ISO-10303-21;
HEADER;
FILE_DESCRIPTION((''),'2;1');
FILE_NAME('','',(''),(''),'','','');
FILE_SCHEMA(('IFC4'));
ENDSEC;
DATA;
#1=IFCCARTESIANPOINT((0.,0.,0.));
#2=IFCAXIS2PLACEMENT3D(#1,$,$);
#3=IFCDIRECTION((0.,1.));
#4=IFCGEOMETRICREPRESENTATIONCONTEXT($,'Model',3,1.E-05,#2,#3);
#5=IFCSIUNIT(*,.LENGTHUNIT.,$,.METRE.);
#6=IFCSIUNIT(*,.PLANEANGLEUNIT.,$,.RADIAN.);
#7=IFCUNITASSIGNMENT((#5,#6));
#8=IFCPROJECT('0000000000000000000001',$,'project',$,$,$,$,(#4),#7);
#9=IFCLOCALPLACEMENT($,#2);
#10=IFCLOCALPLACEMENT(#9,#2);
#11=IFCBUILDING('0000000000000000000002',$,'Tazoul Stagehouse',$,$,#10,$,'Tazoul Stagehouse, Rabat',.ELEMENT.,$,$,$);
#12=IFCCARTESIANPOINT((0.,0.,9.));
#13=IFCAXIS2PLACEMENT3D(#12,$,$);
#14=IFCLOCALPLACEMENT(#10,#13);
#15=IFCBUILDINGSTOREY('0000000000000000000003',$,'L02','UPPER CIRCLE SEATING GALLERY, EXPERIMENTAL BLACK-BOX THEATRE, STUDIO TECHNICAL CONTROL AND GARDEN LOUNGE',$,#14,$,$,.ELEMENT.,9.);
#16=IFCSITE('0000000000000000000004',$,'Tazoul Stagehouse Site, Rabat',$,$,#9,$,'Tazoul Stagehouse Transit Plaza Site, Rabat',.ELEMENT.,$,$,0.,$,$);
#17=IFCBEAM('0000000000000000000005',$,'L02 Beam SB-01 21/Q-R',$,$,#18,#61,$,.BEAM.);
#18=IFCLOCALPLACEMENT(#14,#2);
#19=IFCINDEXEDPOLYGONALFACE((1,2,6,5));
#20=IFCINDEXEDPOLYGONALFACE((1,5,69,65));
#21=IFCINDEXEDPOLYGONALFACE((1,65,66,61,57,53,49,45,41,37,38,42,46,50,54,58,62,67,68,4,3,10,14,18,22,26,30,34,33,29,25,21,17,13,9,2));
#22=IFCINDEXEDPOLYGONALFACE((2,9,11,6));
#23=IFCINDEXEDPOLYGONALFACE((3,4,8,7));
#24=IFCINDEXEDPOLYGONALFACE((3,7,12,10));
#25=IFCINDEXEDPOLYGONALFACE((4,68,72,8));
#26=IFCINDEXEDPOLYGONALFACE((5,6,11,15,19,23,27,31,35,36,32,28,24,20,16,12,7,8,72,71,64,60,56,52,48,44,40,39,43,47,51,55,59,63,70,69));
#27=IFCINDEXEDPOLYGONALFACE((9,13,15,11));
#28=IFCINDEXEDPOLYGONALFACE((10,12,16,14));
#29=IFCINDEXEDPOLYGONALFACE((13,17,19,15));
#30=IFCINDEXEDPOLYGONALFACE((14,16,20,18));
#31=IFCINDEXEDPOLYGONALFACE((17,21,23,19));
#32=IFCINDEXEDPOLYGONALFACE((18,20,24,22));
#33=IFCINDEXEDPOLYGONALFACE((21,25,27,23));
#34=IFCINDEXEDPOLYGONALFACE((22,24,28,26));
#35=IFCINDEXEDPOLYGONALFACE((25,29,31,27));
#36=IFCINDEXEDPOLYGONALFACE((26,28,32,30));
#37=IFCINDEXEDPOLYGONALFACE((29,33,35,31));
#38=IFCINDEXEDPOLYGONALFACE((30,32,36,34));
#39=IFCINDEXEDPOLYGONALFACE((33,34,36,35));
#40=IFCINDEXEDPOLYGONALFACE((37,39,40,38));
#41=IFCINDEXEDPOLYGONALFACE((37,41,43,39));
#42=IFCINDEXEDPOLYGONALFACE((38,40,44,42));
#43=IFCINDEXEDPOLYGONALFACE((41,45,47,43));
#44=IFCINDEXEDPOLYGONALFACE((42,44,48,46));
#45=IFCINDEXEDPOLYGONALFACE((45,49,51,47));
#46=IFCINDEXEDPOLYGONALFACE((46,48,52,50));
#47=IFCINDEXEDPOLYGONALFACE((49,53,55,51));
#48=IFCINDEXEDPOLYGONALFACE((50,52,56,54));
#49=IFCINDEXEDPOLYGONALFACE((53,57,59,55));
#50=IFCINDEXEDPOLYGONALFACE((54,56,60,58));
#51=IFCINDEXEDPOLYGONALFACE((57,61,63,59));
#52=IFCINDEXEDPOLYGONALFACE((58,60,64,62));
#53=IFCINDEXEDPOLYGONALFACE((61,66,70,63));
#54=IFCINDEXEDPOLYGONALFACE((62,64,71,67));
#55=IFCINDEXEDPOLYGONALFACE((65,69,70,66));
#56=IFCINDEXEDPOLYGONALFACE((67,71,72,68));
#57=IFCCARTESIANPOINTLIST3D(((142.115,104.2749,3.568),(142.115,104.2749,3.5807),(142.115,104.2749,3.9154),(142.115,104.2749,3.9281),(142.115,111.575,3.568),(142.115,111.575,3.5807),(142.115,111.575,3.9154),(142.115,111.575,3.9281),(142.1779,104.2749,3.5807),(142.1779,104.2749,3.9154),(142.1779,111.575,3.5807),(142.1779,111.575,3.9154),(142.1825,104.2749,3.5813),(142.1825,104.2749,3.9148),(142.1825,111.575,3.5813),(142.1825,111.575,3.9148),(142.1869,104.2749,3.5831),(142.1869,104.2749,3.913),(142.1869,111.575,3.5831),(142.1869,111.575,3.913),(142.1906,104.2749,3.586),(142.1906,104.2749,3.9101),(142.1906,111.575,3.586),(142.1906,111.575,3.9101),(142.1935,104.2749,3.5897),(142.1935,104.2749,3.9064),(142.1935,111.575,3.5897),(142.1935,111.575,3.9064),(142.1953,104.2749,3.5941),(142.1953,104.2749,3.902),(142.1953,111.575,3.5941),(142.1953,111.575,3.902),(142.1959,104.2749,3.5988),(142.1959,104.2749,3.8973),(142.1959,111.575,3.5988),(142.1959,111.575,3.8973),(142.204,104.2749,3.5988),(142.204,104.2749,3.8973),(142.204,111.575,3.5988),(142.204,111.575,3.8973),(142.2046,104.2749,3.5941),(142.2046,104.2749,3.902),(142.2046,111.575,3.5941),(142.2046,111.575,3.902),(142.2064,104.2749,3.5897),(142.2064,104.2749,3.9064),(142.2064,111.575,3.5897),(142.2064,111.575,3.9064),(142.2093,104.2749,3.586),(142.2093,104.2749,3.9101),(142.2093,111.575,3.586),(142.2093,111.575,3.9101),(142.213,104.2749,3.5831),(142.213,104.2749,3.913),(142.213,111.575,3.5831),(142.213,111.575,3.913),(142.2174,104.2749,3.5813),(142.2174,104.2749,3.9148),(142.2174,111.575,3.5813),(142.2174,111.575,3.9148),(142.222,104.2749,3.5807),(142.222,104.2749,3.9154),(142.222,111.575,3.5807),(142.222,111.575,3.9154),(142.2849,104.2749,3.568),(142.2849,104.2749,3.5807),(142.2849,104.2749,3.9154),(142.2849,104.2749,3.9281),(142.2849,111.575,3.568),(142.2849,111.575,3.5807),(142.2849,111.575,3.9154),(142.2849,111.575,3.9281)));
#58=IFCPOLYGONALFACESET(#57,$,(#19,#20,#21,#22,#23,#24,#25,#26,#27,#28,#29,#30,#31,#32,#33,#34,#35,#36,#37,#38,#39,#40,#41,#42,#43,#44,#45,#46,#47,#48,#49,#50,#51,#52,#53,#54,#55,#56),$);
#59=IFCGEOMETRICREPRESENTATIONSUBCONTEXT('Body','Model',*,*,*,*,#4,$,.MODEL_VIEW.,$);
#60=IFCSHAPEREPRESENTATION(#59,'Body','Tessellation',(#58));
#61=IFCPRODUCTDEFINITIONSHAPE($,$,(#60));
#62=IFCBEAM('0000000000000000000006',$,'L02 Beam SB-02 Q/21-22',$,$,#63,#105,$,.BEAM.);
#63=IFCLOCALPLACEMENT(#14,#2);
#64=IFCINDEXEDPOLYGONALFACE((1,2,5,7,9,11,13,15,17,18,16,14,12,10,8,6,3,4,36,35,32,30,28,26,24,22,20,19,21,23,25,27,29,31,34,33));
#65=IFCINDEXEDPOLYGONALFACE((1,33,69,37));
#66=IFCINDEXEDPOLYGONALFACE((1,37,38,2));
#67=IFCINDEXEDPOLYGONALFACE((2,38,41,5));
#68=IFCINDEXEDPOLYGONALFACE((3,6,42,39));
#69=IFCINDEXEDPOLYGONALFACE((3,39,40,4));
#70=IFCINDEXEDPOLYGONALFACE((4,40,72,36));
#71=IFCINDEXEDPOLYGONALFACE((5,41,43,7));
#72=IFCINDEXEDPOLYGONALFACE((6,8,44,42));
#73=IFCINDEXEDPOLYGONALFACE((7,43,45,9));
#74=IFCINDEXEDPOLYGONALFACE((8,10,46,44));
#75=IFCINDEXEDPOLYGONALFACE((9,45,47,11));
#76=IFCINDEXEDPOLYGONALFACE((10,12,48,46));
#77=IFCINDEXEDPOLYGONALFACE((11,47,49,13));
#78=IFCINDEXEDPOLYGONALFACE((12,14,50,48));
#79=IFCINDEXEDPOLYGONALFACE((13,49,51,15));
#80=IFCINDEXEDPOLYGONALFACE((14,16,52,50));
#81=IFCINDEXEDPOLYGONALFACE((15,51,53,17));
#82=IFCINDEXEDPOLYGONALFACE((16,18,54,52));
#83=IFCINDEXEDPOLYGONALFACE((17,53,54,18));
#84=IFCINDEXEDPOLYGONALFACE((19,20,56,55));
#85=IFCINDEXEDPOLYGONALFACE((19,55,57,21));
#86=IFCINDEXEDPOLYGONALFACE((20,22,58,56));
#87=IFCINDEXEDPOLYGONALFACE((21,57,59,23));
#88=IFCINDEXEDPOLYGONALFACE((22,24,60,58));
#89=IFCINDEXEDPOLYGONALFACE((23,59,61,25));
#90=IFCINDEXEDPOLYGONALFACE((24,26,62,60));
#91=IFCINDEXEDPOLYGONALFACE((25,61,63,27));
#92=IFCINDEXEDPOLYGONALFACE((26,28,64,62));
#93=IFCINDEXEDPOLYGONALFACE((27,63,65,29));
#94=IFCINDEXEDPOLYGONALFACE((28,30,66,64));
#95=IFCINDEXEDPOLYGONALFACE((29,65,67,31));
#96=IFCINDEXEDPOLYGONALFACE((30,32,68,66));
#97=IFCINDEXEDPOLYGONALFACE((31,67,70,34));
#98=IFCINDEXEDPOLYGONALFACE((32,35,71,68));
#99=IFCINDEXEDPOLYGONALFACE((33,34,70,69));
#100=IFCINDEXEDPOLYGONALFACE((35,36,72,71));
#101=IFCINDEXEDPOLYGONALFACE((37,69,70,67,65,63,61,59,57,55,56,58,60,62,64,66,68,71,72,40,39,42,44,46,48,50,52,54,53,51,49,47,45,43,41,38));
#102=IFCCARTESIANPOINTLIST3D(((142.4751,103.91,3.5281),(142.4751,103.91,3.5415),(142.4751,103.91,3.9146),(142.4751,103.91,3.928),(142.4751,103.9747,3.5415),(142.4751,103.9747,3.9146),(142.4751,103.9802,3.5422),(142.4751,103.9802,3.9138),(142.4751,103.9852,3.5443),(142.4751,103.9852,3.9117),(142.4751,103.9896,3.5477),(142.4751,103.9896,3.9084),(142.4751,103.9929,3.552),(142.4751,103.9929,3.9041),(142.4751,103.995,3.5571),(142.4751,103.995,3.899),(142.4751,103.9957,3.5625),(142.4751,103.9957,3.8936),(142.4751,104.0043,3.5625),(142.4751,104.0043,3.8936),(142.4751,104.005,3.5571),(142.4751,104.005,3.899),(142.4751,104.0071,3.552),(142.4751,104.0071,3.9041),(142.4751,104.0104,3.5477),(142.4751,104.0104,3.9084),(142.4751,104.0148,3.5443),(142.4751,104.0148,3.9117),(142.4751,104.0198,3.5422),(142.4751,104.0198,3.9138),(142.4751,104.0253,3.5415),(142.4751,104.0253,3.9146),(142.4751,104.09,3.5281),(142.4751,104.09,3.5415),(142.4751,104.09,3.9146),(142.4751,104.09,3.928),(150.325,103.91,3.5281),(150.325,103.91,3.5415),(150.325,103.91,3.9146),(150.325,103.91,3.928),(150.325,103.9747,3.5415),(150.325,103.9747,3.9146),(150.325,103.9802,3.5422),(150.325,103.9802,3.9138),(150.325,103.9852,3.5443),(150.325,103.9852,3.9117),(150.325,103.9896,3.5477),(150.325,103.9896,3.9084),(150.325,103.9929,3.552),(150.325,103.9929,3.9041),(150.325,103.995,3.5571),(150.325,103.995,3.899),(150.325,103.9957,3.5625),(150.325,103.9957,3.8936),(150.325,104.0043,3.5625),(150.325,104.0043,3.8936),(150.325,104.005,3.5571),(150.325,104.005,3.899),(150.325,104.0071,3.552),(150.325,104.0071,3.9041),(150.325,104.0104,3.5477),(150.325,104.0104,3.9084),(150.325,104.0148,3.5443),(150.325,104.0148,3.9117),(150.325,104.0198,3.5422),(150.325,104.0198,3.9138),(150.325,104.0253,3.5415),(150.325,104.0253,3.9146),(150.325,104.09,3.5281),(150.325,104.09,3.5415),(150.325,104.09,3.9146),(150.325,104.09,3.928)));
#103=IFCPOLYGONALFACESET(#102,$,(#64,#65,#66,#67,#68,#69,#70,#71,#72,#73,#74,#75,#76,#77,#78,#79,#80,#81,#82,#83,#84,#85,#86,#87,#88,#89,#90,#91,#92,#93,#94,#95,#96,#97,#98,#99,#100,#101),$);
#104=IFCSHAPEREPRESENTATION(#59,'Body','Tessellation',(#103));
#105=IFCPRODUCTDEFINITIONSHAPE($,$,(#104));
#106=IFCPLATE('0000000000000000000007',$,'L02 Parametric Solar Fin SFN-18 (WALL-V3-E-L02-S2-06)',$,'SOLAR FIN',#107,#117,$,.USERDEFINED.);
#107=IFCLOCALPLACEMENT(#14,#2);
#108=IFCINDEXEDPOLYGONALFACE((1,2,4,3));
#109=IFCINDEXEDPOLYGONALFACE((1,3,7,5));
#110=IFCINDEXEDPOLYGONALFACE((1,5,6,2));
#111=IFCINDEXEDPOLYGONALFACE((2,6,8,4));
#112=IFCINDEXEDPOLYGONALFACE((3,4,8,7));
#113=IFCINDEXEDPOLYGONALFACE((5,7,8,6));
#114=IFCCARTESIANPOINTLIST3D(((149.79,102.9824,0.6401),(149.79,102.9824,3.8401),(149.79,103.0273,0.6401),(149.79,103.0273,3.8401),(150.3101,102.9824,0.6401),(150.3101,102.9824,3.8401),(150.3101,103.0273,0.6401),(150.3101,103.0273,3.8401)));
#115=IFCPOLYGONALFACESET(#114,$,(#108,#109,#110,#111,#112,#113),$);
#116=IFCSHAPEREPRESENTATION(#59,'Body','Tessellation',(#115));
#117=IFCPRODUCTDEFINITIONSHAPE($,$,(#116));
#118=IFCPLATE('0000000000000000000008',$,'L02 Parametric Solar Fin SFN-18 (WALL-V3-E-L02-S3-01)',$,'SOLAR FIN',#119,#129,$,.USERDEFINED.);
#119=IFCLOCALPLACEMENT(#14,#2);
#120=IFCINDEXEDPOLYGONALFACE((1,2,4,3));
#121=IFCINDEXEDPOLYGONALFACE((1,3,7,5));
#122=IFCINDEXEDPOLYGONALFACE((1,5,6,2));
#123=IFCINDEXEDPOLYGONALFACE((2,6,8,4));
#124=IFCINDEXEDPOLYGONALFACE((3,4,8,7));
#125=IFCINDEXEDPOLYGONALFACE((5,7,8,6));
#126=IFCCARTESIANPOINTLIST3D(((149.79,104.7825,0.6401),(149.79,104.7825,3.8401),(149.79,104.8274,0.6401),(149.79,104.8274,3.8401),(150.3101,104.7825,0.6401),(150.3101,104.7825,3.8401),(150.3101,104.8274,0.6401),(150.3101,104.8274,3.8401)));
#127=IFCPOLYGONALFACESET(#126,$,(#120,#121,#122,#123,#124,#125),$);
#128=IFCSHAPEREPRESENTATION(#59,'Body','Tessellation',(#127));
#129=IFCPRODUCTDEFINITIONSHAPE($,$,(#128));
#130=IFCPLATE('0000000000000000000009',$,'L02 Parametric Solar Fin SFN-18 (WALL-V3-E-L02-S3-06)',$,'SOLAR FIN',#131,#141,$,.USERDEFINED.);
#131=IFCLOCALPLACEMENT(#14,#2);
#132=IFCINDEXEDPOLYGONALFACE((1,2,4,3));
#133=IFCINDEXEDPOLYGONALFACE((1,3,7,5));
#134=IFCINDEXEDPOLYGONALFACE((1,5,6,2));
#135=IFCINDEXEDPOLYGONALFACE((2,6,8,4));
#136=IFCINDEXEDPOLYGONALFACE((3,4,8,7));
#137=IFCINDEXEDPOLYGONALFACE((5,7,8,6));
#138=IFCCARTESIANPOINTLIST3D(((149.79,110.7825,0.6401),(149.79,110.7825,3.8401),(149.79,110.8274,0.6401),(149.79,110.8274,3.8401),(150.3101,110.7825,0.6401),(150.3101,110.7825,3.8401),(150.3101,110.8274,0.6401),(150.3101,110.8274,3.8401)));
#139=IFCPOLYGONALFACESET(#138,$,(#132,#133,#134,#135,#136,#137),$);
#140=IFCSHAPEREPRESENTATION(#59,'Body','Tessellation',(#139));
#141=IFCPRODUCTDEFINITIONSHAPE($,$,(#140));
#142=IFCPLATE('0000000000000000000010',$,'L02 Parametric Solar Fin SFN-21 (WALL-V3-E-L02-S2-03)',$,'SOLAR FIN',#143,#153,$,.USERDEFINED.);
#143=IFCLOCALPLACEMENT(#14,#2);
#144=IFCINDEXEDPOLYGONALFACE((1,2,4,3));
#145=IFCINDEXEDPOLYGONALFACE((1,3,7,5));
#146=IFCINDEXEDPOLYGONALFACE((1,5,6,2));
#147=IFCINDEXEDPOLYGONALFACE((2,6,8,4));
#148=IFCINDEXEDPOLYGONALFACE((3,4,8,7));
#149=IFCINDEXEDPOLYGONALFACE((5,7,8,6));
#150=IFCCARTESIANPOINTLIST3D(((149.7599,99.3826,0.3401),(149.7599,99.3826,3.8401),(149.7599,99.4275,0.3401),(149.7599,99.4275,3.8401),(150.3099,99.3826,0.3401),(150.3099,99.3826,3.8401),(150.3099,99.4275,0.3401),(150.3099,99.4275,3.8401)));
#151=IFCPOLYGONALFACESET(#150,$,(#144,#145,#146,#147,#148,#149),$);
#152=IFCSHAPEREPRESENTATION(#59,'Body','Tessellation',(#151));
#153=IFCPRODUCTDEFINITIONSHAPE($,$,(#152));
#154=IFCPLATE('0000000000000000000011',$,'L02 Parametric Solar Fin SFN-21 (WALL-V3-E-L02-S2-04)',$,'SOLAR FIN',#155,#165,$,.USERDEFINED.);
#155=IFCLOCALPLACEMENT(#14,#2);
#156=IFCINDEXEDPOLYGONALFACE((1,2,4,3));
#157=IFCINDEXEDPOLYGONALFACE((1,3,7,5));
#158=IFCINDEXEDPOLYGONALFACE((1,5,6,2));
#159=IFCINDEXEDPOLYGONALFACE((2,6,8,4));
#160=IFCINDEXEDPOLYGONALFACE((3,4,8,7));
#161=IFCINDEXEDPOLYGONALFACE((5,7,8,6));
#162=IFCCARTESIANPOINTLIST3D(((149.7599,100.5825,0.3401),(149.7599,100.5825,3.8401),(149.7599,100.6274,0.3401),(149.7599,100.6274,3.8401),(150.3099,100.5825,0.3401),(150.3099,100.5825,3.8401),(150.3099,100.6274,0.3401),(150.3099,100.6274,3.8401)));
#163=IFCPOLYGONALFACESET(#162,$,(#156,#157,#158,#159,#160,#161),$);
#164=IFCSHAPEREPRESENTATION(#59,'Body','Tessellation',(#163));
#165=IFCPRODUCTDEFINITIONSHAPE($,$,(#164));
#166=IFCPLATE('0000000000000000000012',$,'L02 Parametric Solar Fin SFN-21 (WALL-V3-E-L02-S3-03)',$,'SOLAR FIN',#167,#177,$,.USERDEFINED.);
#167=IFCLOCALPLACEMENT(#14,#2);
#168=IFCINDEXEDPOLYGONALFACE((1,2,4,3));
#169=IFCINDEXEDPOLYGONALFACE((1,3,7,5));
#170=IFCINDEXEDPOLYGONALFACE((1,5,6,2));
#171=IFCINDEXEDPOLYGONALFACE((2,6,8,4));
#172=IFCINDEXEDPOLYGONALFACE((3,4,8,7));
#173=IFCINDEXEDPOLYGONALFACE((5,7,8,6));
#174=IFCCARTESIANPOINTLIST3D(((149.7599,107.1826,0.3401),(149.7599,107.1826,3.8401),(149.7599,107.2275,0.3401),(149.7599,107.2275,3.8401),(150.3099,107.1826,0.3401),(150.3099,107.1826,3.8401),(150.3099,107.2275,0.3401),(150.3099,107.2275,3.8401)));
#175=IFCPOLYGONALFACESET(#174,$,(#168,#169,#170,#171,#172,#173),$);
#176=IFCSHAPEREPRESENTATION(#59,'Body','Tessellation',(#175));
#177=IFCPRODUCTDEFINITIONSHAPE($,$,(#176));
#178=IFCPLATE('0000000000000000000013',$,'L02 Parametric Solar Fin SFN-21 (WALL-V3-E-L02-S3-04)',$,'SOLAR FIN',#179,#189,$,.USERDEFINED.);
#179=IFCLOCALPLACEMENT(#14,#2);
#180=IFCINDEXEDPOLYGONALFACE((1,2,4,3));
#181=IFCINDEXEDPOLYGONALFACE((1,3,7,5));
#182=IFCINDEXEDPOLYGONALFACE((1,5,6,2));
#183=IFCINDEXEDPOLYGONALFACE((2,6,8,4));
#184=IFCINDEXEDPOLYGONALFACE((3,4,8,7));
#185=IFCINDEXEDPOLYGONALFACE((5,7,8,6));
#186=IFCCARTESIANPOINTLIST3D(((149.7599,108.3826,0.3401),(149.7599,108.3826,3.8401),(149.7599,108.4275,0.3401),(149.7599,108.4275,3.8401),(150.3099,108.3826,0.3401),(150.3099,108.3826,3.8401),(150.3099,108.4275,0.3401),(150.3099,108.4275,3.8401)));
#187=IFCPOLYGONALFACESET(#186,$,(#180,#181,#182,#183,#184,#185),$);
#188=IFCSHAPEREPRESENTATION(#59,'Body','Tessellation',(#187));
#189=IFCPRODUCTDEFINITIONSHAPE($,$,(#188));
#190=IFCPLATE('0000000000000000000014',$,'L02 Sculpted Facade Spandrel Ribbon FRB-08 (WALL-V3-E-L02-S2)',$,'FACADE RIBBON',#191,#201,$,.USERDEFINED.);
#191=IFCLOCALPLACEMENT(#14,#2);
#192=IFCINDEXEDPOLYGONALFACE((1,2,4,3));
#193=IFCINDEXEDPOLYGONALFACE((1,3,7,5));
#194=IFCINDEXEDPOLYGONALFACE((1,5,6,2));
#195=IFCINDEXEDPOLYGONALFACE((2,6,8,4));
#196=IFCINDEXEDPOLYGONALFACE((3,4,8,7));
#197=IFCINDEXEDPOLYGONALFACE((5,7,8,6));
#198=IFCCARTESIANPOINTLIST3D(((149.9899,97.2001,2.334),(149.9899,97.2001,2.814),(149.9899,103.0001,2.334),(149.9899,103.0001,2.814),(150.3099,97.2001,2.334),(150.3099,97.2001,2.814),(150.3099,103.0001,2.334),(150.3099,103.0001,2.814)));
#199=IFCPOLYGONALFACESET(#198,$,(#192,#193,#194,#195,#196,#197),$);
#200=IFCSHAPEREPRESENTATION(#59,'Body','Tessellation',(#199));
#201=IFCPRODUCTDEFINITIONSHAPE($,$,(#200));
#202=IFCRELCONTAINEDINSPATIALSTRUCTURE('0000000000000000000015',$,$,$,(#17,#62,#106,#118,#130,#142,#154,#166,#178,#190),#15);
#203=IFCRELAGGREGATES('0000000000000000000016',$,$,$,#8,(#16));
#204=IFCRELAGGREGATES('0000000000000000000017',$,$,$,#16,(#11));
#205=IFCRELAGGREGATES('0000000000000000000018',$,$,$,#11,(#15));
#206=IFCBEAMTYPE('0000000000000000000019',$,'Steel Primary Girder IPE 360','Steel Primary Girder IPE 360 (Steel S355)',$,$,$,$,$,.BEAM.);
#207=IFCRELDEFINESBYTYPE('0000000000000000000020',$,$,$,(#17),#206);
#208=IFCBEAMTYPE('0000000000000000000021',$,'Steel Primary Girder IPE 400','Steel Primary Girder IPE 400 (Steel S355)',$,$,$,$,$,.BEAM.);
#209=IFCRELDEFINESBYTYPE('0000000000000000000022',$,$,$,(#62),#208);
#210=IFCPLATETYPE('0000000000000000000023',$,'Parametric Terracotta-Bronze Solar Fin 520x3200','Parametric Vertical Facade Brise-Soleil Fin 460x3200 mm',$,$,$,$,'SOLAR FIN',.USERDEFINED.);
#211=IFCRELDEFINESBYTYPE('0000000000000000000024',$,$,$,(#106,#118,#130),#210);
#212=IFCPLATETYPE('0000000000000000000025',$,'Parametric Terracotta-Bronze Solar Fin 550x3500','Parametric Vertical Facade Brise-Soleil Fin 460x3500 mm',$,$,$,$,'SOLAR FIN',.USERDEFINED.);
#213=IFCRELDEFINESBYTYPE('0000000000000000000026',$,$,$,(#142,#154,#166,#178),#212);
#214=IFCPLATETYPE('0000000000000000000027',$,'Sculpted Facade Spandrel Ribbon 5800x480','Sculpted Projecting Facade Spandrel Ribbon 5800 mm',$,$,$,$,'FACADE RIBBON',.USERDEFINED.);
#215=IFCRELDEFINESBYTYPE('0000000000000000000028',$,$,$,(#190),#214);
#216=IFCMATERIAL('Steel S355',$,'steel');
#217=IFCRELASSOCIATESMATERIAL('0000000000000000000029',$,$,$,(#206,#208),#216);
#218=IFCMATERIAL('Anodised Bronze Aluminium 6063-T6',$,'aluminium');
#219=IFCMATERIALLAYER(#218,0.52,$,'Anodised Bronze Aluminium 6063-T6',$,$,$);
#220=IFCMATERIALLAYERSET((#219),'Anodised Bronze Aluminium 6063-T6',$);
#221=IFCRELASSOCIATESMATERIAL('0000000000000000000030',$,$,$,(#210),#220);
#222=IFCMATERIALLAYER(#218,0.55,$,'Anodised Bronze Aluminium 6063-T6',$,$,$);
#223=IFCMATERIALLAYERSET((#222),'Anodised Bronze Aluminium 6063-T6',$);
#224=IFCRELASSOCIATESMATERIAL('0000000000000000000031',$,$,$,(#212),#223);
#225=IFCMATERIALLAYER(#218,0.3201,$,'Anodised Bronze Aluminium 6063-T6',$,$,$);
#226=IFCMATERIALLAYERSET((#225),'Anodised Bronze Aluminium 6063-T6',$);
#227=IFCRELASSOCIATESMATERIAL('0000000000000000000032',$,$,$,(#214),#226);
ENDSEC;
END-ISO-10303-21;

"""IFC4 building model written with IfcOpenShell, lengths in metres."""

from ifc_helpers import new_model, si_unit, direction, frame, origin, origin_2d, place, context, subcontext, project, spatial, rectangle, i_section, extrude, material, layer, layer_set, material_profile, profile_set, type_object, element, save


model = new_model("IFC4")

# Units and contexts
model_context = context("Model", 3, precision=1e-05, world=origin(), true_north=direction((0.0, 1.0)))
body_context = subcontext(model_context, "Body", "Model", "MODEL_VIEW")
ifc_project = project(units=[si_unit("LENGTHUNIT", "METRE"), si_unit("PLANEANGLEUNIT", "RADIAN")], contexts=[model_context])

# Site, building, storey
site_placement = place(None, origin())
site = spatial("IfcSite", under=ifc_project, at=site_placement, Name="Tazoul Stagehouse Site, Rabat", LongName="Tazoul Stagehouse Transit Plaza Site, Rabat", CompositionType="ELEMENT", RefElevation=0.0)
building_placement = place(site_placement, origin())
building = spatial("IfcBuilding", under=site, at=building_placement, Name="Tazoul Stagehouse", LongName="Tazoul Stagehouse, Rabat", CompositionType="ELEMENT")
storey_placement = place(building_placement, frame((0.0, 0.0, 9.0)))
storey = spatial("IfcBuildingStorey", under=building, at=storey_placement, Name="L02", Description="UPPER CIRCLE SEATING GALLERY, EXPERIMENTAL BLACK-BOX THEATRE, STUDIO TECHNICAL CONTROL AND GARDEN LOUNGE", CompositionType="ELEMENT", Elevation=9.0)

# Beams
ifc_material_1 = material(Name="Steel S355", Category="steel")
ifc_material_profile_1 = material_profile(ifc_material_1, i_section(OverallWidth=0.1699, OverallDepth=0.3601, WebThickness=0.0081, FlangeThickness=0.0127, FilletRadius=0.0181, at=origin_2d()), Name="IPE 360")
ifc_profile_set_1 = profile_set([ifc_material_profile_1], Name="Steel S355")
beam_type_1 = type_object("IfcBeamType", Name="Steel Primary Girder IPE 360", Description="Steel Primary Girder IPE 360 (Steel S355)", PredefinedType="BEAM", material=ifc_profile_set_1)
beam_1_placement = place(storey_placement, frame((142.2, 104.2749, 3.748), z_axis=(0.0, 1.0, 0.0), x_axis=(-1.0, 0.0, 0.0)))
element("IfcBeam", 1, at=beam_1_placement, inside=storey, type_object=beam_type_1, Name="L02 Beam SB-01 21/Q-R", PredefinedType="BEAM", context=body_context, shape_type="SweptSolid", body=[
    extrude(i_section(OverallWidth=0.1699, OverallDepth=0.3601, WebThickness=0.0081, FlangeThickness=0.0127, FilletRadius=0.0181, at=origin_2d()), origin(), (0.0, 0.0, 1.0), 7.3),
])
ifc_material_profile_2 = material_profile(ifc_material_1, i_section(OverallWidth=0.1799, OverallDepth=0.3999, WebThickness=0.0085, FlangeThickness=0.0134, FilletRadius=0.021, at=origin_2d()), Name="IPE 400")
ifc_profile_set_2 = profile_set([ifc_material_profile_2], Name="Steel S355")
beam_type_2 = type_object("IfcBeamType", Name="Steel Primary Girder IPE 400", Description="Steel Primary Girder IPE 400 (Steel S355)", PredefinedType="BEAM", material=ifc_profile_set_2)
beam_2_placement = place(storey_placement, frame((142.4751, 104.0, 3.728), z_axis=(1.0, 0.0, 0.0), x_axis=(0.0, 1.0, 0.0)))
element("IfcBeam", 2, at=beam_2_placement, inside=storey, type_object=beam_type_2, Name="L02 Beam SB-02 Q/21-22", PredefinedType="BEAM", context=body_context, shape_type="SweptSolid", body=[
    extrude(i_section(OverallWidth=0.1799, OverallDepth=0.3999, WebThickness=0.0085, FlangeThickness=0.0134, FilletRadius=0.021, at=origin_2d()), origin(), (0.0, 0.0, 1.0), 7.8499),
])

# Plates
ifc_material_2 = material(Name="Anodised Bronze Aluminium 6063-T6", Category="aluminium")
ifc_layer_1 = layer(ifc_material_2, 0.52, Name="Anodised Bronze Aluminium 6063-T6")
ifc_layer_set_1 = layer_set([ifc_layer_1], Name="Anodised Bronze Aluminium 6063-T6")
plate_type_1 = type_object("IfcPlateType", Name="Parametric Terracotta-Bronze Solar Fin 520x3200", Description="Parametric Vertical Facade Brise-Soleil Fin 460x3200 mm", ElementType="SOLAR FIN", PredefinedType="USERDEFINED", material=ifc_layer_set_1)
for number, where, z_axis, x_axis, name in (
    (3, (150.05, 103.0049, 0.6401), (0.0, 0.0, 1.0), (0.0, 1.0, 0.0), "L02 Parametric Solar Fin SFN-18 (WALL-V3-E-L02-S2-06)"),
    (4, (150.05, 104.8049, 0.6401), (0.0, 0.0, 1.0), (0.0, 1.0, 0.0), "L02 Parametric Solar Fin SFN-18 (WALL-V3-E-L02-S3-01)"),
    (5, (150.05, 110.8049, 0.6401), (0.0, 0.0, 1.0), (0.0, 1.0, 0.0), "L02 Parametric Solar Fin SFN-18 (WALL-V3-E-L02-S3-06)"),
):
    element("IfcPlate", number, at=place(storey_placement, frame(where, z_axis=z_axis, x_axis=x_axis)), inside=storey, type_object=plate_type_1, Name=name, ObjectType="SOLAR FIN", PredefinedType="USERDEFINED", context=body_context, shape_type="SweptSolid", body=[
        extrude(rectangle(XDim=0.0449, YDim=0.52, at=origin_2d()), origin(), (0.0, 0.0, 1.0), 3.2),
    ])
ifc_layer_2 = layer(ifc_material_2, 0.55, Name="Anodised Bronze Aluminium 6063-T6")
ifc_layer_set_2 = layer_set([ifc_layer_2], Name="Anodised Bronze Aluminium 6063-T6")
plate_type_2 = type_object("IfcPlateType", Name="Parametric Terracotta-Bronze Solar Fin 550x3500", Description="Parametric Vertical Facade Brise-Soleil Fin 460x3500 mm", ElementType="SOLAR FIN", PredefinedType="USERDEFINED", material=ifc_layer_set_2)
for number, where, z_axis, x_axis, name in (
    (6, (150.0349, 99.405, 0.3401), (0.0, 0.0, 1.0), (0.0, 1.0, 0.0), "L02 Parametric Solar Fin SFN-21 (WALL-V3-E-L02-S2-03)"),
    (7, (150.0349, 100.605, 0.3401), (0.0, 0.0, 1.0), (0.0, 1.0, 0.0), "L02 Parametric Solar Fin SFN-21 (WALL-V3-E-L02-S2-04)"),
    (8, (150.0349, 107.2051, 0.3401), (0.0, 0.0, 1.0), (0.0, 1.0, 0.0), "L02 Parametric Solar Fin SFN-21 (WALL-V3-E-L02-S3-03)"),
    (9, (150.0349, 108.405, 0.3401), (0.0, 0.0, 1.0), (0.0, 1.0, 0.0), "L02 Parametric Solar Fin SFN-21 (WALL-V3-E-L02-S3-04)"),
):
    element("IfcPlate", number, at=place(storey_placement, frame(where, z_axis=z_axis, x_axis=x_axis)), inside=storey, type_object=plate_type_2, Name=name, ObjectType="SOLAR FIN", PredefinedType="USERDEFINED", context=body_context, shape_type="SweptSolid", body=[
        extrude(rectangle(XDim=0.0449, YDim=0.55, at=origin_2d()), origin(), (0.0, 0.0, 1.0), 3.5),
    ])
ifc_layer_3 = layer(ifc_material_2, 0.3201, Name="Anodised Bronze Aluminium 6063-T6")
ifc_layer_set_3 = layer_set([ifc_layer_3], Name="Anodised Bronze Aluminium 6063-T6")
plate_type_3 = type_object("IfcPlateType", Name="Sculpted Facade Spandrel Ribbon 5800x480", Description="Sculpted Projecting Facade Spandrel Ribbon 5800 mm", ElementType="FACADE RIBBON", PredefinedType="USERDEFINED", material=ifc_layer_set_3)
for number, where, z_axis, x_axis, name in (
    (10, (150.1499, 100.1001, 2.334), (0.0, 0.0, 1.0), (0.0, 1.0, 0.0), "L02 Sculpted Facade Spandrel Ribbon FRB-08 (WALL-V3-E-L02-S2)"),
):
    element("IfcPlate", number, at=place(storey_placement, frame(where, z_axis=z_axis, x_axis=x_axis)), inside=storey, type_object=plate_type_3, Name=name, ObjectType="FACADE RIBBON", PredefinedType="USERDEFINED", context=body_context, shape_type="SweptSolid", body=[
        extrude(rectangle(XDim=5.8, YDim=0.3201, at=origin_2d()), origin(), (0.0, 0.0, 1.0), 0.48),
    ])

save(model, "model.ifc")
